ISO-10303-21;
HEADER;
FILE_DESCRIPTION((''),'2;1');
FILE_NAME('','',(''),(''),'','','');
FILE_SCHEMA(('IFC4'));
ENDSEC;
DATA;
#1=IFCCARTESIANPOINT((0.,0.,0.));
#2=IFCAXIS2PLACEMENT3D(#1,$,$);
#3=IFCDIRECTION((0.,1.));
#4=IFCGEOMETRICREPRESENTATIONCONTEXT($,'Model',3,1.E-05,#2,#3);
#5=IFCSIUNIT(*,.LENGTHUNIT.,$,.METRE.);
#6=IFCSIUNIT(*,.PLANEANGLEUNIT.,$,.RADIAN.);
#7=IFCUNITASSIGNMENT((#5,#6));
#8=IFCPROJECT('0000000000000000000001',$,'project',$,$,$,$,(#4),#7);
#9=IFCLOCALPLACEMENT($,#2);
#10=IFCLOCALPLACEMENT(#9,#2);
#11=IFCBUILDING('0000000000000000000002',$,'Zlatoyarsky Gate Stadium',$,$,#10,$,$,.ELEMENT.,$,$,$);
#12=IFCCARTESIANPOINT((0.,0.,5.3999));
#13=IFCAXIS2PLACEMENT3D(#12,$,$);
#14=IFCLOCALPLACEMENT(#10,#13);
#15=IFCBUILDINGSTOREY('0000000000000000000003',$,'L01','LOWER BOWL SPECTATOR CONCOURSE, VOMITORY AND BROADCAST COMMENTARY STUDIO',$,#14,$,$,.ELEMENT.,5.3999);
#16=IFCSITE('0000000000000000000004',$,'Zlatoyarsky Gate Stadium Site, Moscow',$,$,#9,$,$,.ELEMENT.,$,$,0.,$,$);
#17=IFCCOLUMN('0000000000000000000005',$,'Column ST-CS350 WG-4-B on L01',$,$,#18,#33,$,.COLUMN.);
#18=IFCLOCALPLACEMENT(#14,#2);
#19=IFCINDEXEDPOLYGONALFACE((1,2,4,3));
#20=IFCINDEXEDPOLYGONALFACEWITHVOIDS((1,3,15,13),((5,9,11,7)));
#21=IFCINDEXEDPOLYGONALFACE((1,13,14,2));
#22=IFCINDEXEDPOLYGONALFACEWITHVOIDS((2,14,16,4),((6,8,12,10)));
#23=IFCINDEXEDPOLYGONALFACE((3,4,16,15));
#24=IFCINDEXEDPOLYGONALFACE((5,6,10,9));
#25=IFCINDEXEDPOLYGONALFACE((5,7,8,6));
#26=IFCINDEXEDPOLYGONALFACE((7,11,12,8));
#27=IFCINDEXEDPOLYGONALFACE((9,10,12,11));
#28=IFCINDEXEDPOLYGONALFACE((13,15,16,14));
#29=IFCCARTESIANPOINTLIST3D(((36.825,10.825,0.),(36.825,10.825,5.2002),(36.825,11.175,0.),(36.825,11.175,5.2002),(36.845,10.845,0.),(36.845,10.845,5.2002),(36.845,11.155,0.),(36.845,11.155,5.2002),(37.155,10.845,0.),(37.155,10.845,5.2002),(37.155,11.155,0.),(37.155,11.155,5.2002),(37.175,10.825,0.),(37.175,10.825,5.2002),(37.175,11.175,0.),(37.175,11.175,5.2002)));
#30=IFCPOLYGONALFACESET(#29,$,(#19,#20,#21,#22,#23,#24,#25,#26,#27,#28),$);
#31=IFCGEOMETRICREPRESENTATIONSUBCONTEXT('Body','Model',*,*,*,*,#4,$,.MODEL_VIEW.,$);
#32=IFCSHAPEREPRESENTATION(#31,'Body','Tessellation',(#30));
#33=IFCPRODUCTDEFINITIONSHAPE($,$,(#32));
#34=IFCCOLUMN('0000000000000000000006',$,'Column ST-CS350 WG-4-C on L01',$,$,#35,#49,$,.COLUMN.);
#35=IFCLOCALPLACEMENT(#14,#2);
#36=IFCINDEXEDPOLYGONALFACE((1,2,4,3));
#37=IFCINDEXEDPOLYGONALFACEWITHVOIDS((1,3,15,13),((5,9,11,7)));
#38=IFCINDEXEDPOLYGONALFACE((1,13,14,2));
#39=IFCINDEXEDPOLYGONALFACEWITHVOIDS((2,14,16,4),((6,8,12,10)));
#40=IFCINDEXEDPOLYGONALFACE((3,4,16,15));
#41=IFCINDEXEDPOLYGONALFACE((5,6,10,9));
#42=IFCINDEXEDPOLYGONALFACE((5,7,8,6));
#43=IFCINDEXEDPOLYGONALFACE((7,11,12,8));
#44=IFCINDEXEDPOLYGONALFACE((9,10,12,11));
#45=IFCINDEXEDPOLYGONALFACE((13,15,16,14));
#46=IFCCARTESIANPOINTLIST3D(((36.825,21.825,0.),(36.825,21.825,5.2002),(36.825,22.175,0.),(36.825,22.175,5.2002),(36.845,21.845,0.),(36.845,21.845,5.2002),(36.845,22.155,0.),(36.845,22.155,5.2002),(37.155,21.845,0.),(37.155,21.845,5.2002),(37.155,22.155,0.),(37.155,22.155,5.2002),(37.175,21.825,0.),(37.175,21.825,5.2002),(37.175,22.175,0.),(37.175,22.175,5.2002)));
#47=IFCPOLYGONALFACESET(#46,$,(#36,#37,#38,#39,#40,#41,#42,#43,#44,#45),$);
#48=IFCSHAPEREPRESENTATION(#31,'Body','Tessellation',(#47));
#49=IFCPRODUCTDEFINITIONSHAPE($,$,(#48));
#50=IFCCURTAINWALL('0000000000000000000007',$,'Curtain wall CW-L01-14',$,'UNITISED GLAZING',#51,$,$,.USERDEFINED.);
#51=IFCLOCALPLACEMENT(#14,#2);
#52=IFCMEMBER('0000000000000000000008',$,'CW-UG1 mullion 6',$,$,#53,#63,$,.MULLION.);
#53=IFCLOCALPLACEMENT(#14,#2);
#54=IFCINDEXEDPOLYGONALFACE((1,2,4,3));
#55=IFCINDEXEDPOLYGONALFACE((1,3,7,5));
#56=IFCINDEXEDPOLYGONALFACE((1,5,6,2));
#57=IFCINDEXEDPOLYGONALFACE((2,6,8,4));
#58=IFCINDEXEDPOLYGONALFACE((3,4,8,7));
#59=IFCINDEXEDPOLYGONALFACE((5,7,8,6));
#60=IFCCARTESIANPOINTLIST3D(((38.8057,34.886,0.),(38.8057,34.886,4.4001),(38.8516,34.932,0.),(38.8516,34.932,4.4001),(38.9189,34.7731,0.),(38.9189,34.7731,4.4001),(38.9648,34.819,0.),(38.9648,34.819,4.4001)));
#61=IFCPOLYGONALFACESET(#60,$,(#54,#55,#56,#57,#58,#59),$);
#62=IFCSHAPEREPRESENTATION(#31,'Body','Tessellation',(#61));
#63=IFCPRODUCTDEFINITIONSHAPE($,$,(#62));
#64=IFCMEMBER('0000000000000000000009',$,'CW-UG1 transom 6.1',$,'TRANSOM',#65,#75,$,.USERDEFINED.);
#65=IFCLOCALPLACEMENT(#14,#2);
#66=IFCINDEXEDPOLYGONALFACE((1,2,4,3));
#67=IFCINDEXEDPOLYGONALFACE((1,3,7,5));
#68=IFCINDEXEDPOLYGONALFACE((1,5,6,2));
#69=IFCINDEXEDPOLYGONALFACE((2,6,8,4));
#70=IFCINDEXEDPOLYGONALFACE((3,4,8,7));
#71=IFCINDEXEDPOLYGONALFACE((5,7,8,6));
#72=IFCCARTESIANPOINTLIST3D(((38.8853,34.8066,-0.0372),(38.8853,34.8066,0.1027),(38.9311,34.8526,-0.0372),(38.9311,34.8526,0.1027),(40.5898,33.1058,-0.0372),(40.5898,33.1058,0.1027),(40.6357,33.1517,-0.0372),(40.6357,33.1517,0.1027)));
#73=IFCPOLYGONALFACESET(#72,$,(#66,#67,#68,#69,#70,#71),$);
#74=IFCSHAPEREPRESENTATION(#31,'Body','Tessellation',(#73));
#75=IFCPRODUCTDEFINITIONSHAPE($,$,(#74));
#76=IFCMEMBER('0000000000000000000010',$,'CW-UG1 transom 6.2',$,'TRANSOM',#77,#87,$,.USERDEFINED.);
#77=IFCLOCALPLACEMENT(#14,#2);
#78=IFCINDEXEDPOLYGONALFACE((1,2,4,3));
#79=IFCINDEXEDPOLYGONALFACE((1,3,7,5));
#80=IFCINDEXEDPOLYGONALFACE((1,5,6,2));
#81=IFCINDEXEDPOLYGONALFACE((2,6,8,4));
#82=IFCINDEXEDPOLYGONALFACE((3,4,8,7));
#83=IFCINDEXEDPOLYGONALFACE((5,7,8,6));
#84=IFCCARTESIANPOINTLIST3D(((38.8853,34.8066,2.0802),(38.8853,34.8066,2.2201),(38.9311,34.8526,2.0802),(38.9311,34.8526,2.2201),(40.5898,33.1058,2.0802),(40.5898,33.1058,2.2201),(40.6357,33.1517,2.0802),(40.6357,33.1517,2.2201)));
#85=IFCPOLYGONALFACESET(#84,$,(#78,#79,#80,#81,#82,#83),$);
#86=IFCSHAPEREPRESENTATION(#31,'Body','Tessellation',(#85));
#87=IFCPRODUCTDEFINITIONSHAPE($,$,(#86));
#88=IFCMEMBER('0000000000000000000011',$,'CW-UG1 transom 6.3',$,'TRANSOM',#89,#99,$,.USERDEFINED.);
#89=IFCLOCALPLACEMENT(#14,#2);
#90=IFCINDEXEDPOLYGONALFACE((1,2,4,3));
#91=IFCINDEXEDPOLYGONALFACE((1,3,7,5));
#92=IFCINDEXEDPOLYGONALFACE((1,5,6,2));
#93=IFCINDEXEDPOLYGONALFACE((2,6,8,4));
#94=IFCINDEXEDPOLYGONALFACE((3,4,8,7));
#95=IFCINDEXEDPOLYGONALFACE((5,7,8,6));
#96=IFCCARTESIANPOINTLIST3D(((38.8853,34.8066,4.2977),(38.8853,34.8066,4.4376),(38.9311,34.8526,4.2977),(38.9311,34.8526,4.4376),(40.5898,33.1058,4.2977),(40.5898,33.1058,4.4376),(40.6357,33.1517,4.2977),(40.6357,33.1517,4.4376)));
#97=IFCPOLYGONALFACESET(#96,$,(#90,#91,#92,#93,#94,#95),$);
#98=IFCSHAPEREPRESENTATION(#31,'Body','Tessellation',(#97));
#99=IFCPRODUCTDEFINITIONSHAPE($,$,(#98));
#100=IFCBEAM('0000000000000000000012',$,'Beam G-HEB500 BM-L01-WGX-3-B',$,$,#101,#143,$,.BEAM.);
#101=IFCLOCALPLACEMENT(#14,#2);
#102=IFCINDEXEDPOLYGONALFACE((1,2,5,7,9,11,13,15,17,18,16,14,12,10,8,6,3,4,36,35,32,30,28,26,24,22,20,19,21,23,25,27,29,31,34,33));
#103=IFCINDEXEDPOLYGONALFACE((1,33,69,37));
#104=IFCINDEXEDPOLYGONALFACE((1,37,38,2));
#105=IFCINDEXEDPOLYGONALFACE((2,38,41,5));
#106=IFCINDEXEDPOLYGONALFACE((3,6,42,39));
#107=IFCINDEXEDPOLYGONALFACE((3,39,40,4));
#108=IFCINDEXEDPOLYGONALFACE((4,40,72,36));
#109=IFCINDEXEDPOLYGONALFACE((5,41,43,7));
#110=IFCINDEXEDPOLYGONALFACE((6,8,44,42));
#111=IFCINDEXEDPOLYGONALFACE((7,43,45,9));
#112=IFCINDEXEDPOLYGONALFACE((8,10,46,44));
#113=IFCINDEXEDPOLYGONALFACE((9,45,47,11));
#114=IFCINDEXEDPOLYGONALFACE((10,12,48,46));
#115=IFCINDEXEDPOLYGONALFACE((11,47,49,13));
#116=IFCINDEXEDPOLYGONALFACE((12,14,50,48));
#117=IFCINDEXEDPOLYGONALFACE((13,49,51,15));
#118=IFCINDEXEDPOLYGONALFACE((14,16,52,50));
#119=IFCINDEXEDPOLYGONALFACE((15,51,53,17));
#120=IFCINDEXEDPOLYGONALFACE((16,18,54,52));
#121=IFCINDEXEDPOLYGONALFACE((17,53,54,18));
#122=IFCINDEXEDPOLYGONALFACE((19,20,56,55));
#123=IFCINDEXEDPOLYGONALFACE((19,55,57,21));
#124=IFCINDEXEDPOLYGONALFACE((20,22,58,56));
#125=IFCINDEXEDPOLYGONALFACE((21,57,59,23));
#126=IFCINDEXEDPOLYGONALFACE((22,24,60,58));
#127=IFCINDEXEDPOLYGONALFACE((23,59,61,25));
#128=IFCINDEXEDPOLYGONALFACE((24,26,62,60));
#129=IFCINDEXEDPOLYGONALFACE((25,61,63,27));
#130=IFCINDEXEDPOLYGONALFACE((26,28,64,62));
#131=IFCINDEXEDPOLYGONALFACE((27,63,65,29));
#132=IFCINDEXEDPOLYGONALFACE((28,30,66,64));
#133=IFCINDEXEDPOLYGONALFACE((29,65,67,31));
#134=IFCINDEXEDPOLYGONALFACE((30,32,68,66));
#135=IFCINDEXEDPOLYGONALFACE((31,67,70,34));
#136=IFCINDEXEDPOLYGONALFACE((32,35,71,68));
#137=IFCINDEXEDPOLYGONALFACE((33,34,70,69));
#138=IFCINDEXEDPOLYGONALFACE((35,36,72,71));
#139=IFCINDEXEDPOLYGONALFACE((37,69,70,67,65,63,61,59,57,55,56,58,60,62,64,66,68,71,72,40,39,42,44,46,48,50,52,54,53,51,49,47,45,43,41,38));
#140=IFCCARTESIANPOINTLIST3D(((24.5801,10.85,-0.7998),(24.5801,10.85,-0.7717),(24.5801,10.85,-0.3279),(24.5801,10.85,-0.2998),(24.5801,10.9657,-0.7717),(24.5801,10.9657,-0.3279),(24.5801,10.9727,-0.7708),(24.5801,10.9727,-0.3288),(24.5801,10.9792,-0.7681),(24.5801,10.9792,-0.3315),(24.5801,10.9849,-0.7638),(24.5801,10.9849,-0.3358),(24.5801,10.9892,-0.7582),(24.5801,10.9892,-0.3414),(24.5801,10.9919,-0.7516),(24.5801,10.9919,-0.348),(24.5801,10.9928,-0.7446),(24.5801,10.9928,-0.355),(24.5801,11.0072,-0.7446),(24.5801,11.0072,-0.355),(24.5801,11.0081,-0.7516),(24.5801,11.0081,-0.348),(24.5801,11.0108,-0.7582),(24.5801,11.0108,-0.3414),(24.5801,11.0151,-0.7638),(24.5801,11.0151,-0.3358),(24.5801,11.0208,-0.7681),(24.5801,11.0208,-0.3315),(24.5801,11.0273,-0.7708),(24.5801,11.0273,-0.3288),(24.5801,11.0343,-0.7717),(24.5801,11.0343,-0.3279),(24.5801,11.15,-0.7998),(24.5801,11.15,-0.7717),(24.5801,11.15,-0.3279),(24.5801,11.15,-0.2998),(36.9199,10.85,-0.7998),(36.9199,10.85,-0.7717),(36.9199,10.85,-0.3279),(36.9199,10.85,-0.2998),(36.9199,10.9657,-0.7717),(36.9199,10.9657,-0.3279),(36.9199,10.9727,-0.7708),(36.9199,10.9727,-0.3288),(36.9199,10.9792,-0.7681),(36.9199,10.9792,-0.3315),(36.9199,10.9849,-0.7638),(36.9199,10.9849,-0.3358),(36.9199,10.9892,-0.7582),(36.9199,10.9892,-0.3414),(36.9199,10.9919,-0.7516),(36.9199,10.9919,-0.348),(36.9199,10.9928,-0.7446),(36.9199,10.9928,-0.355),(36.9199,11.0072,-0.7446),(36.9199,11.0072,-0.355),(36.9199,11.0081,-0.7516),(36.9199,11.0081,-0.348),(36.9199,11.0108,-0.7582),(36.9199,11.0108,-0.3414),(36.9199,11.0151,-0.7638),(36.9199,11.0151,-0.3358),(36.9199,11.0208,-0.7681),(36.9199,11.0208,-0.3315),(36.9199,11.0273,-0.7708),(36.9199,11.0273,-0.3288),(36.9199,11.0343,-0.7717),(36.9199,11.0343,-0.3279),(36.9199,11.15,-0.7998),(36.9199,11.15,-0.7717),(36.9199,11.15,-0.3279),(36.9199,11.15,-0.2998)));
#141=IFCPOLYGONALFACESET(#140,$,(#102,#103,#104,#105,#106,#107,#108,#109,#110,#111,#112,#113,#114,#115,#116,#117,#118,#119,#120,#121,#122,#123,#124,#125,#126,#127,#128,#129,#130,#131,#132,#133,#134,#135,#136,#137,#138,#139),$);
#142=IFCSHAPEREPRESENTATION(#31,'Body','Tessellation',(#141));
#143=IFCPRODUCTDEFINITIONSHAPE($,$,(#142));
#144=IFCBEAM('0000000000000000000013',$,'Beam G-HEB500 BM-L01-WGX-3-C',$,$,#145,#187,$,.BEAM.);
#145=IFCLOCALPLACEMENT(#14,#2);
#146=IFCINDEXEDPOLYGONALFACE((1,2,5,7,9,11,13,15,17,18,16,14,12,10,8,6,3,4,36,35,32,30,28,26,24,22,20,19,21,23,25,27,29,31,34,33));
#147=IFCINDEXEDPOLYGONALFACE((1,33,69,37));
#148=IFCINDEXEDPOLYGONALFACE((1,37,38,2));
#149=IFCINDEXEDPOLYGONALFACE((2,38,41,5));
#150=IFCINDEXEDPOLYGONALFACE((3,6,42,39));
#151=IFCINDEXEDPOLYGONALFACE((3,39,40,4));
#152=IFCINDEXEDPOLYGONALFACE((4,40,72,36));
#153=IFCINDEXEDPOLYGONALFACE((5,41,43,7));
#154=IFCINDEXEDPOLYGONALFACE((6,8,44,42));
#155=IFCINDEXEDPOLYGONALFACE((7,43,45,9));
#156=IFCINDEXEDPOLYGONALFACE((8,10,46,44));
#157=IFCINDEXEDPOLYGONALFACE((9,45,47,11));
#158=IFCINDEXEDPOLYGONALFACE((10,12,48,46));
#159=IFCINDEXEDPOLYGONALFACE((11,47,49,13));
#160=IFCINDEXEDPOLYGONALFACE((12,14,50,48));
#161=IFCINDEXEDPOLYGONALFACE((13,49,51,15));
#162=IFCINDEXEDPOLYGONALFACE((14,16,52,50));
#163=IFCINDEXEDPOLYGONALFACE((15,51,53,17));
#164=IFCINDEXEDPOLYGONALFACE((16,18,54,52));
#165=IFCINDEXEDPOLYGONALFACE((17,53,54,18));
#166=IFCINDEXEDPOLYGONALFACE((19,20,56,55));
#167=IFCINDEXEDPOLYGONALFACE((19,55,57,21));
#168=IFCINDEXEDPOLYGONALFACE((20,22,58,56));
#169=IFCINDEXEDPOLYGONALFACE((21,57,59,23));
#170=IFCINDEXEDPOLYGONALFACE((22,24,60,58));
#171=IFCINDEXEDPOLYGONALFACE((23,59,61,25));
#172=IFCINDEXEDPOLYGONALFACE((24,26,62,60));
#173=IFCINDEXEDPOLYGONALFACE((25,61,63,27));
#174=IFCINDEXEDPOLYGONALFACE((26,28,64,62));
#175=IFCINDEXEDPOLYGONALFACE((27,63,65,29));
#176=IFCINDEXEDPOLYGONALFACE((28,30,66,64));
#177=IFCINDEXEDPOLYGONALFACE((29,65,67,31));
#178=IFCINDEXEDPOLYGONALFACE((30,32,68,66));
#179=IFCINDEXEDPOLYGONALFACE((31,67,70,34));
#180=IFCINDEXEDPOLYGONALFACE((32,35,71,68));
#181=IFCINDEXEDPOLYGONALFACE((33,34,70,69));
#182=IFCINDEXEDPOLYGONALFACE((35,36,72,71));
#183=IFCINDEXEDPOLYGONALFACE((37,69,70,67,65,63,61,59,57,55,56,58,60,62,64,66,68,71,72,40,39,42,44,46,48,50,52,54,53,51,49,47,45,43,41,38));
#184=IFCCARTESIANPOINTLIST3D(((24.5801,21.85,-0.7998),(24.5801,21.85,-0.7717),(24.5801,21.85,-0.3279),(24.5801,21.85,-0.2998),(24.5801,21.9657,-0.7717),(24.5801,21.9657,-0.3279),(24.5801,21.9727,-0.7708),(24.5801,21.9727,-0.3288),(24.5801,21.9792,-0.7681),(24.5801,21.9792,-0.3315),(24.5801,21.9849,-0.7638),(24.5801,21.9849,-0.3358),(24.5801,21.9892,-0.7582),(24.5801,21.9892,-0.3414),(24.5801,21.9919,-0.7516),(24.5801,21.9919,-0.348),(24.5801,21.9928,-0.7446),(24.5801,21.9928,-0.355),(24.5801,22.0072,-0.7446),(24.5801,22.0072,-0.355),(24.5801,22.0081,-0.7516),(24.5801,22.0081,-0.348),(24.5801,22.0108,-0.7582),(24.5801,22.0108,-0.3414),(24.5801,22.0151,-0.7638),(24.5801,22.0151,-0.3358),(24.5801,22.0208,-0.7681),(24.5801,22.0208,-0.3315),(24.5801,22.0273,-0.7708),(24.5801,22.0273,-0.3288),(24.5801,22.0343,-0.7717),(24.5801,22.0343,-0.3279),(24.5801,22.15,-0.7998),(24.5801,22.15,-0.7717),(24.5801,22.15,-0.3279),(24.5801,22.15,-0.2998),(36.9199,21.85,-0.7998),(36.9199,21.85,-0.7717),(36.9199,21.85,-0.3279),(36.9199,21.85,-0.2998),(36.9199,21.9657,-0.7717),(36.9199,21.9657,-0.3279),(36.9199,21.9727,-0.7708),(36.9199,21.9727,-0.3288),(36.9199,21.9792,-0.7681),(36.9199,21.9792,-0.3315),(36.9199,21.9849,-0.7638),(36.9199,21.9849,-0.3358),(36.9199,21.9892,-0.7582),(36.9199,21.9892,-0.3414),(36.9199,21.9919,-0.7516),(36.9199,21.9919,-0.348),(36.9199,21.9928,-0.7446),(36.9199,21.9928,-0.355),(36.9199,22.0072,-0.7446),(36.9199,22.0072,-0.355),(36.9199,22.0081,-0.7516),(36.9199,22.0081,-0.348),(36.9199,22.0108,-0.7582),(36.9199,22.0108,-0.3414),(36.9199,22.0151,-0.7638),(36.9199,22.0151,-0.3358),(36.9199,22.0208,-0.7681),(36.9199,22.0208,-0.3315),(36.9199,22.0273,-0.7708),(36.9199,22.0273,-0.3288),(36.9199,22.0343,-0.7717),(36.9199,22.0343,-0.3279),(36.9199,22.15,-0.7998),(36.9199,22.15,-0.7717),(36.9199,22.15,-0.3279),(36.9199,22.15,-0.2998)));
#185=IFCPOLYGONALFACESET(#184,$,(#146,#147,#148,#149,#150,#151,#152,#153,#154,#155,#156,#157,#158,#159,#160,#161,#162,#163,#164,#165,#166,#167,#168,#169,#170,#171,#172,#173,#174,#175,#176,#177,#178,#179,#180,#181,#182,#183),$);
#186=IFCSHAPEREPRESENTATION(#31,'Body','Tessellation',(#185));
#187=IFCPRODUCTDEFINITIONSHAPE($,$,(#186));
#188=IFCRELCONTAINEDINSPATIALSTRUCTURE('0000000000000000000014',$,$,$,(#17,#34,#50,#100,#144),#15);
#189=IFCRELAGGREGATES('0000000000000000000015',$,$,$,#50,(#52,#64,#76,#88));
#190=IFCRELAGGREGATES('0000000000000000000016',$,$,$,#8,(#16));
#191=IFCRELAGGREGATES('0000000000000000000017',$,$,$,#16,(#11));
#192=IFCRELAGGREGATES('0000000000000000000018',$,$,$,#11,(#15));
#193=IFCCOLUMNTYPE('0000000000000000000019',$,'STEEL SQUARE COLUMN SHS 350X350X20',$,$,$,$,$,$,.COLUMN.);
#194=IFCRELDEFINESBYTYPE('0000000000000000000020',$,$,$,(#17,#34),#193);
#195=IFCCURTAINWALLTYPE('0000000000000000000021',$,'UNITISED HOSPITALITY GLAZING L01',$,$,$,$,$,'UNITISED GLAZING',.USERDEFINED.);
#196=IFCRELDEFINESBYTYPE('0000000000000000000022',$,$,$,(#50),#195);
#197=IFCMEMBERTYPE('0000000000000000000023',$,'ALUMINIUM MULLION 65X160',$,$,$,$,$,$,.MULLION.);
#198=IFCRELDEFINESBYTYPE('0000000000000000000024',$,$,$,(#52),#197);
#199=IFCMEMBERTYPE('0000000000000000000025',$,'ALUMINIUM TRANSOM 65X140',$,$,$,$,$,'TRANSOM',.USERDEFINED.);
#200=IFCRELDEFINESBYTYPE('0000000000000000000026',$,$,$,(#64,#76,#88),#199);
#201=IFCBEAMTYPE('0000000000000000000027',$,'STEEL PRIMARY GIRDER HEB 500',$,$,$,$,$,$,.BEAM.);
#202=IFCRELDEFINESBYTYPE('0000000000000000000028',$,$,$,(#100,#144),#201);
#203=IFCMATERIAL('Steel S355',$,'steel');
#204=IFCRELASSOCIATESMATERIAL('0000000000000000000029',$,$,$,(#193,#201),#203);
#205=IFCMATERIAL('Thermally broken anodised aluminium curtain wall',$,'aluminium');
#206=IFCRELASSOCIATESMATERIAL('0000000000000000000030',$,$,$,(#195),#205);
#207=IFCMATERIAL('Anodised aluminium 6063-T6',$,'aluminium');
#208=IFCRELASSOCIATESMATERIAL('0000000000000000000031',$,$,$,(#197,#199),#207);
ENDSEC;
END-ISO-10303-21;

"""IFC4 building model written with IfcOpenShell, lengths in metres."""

from ifc_helpers import new_model, si_unit, direction, frame, origin, origin_2d, place, context, subcontext, project, spatial, rectangle, hollow_rectangle, i_section, extrude, material, material_profile, profile_set, type_object, element, aggregate, save


model = new_model("IFC4")

# Units and contexts
model_context = context("Model", 3, precision=1e-05, world=origin(), true_north=direction((0.0, 1.0)))
body_context = subcontext(model_context, "Body", "Model", "MODEL_VIEW")
ifc_project = project(units=[si_unit("LENGTHUNIT", "METRE"), si_unit("PLANEANGLEUNIT", "RADIAN")], contexts=[model_context])

# Site, building, storey
site_placement = place(None, origin())
site = spatial("IfcSite", under=ifc_project, at=site_placement, Name="Zlatoyarsky Gate Stadium Site, Moscow", CompositionType="ELEMENT", RefElevation=0.0)
building_placement = place(site_placement, origin())
building = spatial("IfcBuilding", under=site, at=building_placement, Name="Zlatoyarsky Gate Stadium", CompositionType="ELEMENT")
storey_placement = place(building_placement, frame((0.0, 0.0, 5.3999)))
storey = spatial("IfcBuildingStorey", under=building, at=storey_placement, Name="L01", Description="LOWER BOWL SPECTATOR CONCOURSE, VOMITORY AND BROADCAST COMMENTARY STUDIO", CompositionType="ELEMENT", Elevation=5.3999)

# Columns
ifc_material_1 = material(Name="Steel S355", Category="steel")
ifc_material_profile_1 = material_profile(ifc_material_1, hollow_rectangle(XDim=0.3501, YDim=0.3501, WallThickness=0.02, at=origin_2d()), Name="SHS 350X350X20")
ifc_profile_set_1 = profile_set([ifc_material_profile_1], Name="Steel S355")
column_type = type_object("IfcColumnType", Name="STEEL SQUARE COLUMN SHS 350X350X20", PredefinedType="COLUMN", material=ifc_profile_set_1)
for number, where, z_axis, x_axis, name in (
    (1, (37.0, 11.0, 0.0), (0.0, 0.0, 1.0), (1.0, 0.0, 0.0), "Column ST-CS350 WG-4-B on L01"),
    (2, (37.0, 22.0, 0.0), (0.0, 0.0, 1.0), (1.0, 0.0, 0.0), "Column ST-CS350 WG-4-C on L01"),
):
    element("IfcColumn", number, at=place(storey_placement, frame(where, z_axis=z_axis, x_axis=x_axis)), inside=storey, type_object=column_type, Name=name, PredefinedType="COLUMN", context=body_context, shape_type="SweptSolid", body=[
        extrude(hollow_rectangle(XDim=0.3501, YDim=0.3501, WallThickness=0.02, at=origin_2d()), origin(), (0.0, 0.0, 1.0), 5.2002),
    ])

# Curtain wall, members
ifc_material_2 = material(Name="Thermally broken anodised aluminium curtain wall", Category="aluminium")
curtain_wall_type = type_object("IfcCurtainWallType", Name="UNITISED HOSPITALITY GLAZING L01", ElementType="UNITISED GLAZING", PredefinedType="USERDEFINED", material=ifc_material_2)
curtain_wall_placement = place(storey_placement, origin())
curtain_wall = element("IfcCurtainWall", 3, at=curtain_wall_placement, inside=storey, type_object=curtain_wall_type, Name="Curtain wall CW-L01-14", ObjectType="UNITISED GLAZING", PredefinedType="USERDEFINED")
ifc_material_3 = material(Name="Anodised aluminium 6063-T6", Category="aluminium")
ifc_material_profile_2 = material_profile(ifc_material_3, rectangle(XDim=0.0649, YDim=0.1599, at=origin_2d()), Name="ALU 65X160")
ifc_profile_set_2 = profile_set([ifc_material_profile_2], Name="Anodised aluminium 6063-T6")
member_type_1 = type_object("IfcMemberType", Name="ALUMINIUM MULLION 65X160", PredefinedType="MULLION", material=ifc_profile_set_2)
member_1_placement = place(storey_placement, frame((38.8853, 34.8525, 0.0), z_axis=(0.0, 0.0, 1.0), x_axis=(0.706373, 0.707839, 0.0)))
member_1 = element("IfcMember", 4, at=member_1_placement, type_object=member_type_1, Name="CW-UG1 mullion 6", PredefinedType="MULLION", context=body_context, shape_type="SweptSolid", body=[
    extrude(rectangle(XDim=0.0649, YDim=0.1599, at=origin_2d()), origin(), (0.0, 0.0, 1.0), 4.4001),
])
ifc_material_profile_3 = material_profile(ifc_material_3, rectangle(XDim=0.0649, YDim=0.1399, at=origin_2d()), Name="ALU 65X140")
ifc_profile_set_3 = profile_set([ifc_material_profile_3], Name="Anodised aluminium 6063-T6")
member_type_2 = type_object("IfcMemberType", Name="ALUMINIUM TRANSOM 65X140", ElementType="TRANSOM", PredefinedType="USERDEFINED", material=ifc_profile_set_3)
member_2_placement = place(storey_placement, frame((38.9082, 34.8296, 0.0327), z_axis=(0.707867, -0.706346, 0.0), x_axis=(0.706346, 0.707867, 0.0)))
member_2 = element("IfcMember", 5, at=member_2_placement, type_object=member_type_2, Name="CW-UG1 transom 6.1", ObjectType="TRANSOM", PredefinedType="USERDEFINED", context=body_context, shape_type="SweptSolid", body=[
    extrude(rectangle(XDim=0.0649, YDim=0.1399, at=origin_2d()), origin(), (0.0, 0.0, 1.0), 2.408),
])
member_3_placement = place(storey_placement, frame((38.9082, 34.8296, 2.1501), z_axis=(0.707867, -0.706346, 0.0), x_axis=(0.706346, 0.707867, 0.0)))
member_3 = element("IfcMember", 6, at=member_3_placement, type_object=member_type_2, Name="CW-UG1 transom 6.2", ObjectType="TRANSOM", PredefinedType="USERDEFINED", context=body_context, shape_type="SweptSolid", body=[
    extrude(rectangle(XDim=0.0649, YDim=0.1399, at=origin_2d()), origin(), (0.0, 0.0, 1.0), 2.408),
])
member_4_placement = place(storey_placement, frame((38.9082, 34.8296, 4.3677), z_axis=(0.707867, -0.706346, 0.0), x_axis=(0.706346, 0.707867, 0.0)))
member_4 = element("IfcMember", 7, at=member_4_placement, type_object=member_type_2, Name="CW-UG1 transom 6.3", ObjectType="TRANSOM", PredefinedType="USERDEFINED", context=body_context, shape_type="SweptSolid", body=[
    extrude(rectangle(XDim=0.0649, YDim=0.1399, at=origin_2d()), origin(), (0.0, 0.0, 1.0), 2.408),
])
aggregate(curtain_wall, [member_1, member_2, member_3, member_4])

# Beams
ifc_material_profile_4 = material_profile(ifc_material_1, i_section(OverallWidth=0.3, OverallDepth=0.5, WebThickness=0.0144, FlangeThickness=0.0281, FilletRadius=0.0271, at=origin_2d()), Name="HEB 500")
ifc_profile_set_4 = profile_set([ifc_material_profile_4], Name="Steel S355")
beam_type_1 = type_object("IfcBeamType", Name="STEEL PRIMARY GIRDER HEB 500", PredefinedType="BEAM", material=ifc_profile_set_4)
for number, where, z_axis, x_axis, name in (
    (8, (24.5801, 11.0, -0.5498), (1.0, 0.0, 0.0), (0.0, 1.0, 0.0), "Beam G-HEB500 BM-L01-WGX-3-B"),
    (9, (24.5801, 22.0, -0.5498), (1.0, 0.0, 0.0), (0.0, 1.0, 0.0), "Beam G-HEB500 BM-L01-WGX-3-C"),
):
    element("IfcBeam", number, at=place(storey_placement, frame(where, z_axis=z_axis, x_axis=x_axis)), inside=storey, type_object=beam_type_1, Name=name, PredefinedType="BEAM", context=body_context, shape_type="SweptSolid", body=[
        extrude(i_section(OverallWidth=0.3, OverallDepth=0.5, WebThickness=0.0144, FlangeThickness=0.0281, FilletRadius=0.0271, at=origin_2d()), origin(), (0.0, 0.0, 1.0), 12.3398),
    ])

save(model, "model.ifc")
